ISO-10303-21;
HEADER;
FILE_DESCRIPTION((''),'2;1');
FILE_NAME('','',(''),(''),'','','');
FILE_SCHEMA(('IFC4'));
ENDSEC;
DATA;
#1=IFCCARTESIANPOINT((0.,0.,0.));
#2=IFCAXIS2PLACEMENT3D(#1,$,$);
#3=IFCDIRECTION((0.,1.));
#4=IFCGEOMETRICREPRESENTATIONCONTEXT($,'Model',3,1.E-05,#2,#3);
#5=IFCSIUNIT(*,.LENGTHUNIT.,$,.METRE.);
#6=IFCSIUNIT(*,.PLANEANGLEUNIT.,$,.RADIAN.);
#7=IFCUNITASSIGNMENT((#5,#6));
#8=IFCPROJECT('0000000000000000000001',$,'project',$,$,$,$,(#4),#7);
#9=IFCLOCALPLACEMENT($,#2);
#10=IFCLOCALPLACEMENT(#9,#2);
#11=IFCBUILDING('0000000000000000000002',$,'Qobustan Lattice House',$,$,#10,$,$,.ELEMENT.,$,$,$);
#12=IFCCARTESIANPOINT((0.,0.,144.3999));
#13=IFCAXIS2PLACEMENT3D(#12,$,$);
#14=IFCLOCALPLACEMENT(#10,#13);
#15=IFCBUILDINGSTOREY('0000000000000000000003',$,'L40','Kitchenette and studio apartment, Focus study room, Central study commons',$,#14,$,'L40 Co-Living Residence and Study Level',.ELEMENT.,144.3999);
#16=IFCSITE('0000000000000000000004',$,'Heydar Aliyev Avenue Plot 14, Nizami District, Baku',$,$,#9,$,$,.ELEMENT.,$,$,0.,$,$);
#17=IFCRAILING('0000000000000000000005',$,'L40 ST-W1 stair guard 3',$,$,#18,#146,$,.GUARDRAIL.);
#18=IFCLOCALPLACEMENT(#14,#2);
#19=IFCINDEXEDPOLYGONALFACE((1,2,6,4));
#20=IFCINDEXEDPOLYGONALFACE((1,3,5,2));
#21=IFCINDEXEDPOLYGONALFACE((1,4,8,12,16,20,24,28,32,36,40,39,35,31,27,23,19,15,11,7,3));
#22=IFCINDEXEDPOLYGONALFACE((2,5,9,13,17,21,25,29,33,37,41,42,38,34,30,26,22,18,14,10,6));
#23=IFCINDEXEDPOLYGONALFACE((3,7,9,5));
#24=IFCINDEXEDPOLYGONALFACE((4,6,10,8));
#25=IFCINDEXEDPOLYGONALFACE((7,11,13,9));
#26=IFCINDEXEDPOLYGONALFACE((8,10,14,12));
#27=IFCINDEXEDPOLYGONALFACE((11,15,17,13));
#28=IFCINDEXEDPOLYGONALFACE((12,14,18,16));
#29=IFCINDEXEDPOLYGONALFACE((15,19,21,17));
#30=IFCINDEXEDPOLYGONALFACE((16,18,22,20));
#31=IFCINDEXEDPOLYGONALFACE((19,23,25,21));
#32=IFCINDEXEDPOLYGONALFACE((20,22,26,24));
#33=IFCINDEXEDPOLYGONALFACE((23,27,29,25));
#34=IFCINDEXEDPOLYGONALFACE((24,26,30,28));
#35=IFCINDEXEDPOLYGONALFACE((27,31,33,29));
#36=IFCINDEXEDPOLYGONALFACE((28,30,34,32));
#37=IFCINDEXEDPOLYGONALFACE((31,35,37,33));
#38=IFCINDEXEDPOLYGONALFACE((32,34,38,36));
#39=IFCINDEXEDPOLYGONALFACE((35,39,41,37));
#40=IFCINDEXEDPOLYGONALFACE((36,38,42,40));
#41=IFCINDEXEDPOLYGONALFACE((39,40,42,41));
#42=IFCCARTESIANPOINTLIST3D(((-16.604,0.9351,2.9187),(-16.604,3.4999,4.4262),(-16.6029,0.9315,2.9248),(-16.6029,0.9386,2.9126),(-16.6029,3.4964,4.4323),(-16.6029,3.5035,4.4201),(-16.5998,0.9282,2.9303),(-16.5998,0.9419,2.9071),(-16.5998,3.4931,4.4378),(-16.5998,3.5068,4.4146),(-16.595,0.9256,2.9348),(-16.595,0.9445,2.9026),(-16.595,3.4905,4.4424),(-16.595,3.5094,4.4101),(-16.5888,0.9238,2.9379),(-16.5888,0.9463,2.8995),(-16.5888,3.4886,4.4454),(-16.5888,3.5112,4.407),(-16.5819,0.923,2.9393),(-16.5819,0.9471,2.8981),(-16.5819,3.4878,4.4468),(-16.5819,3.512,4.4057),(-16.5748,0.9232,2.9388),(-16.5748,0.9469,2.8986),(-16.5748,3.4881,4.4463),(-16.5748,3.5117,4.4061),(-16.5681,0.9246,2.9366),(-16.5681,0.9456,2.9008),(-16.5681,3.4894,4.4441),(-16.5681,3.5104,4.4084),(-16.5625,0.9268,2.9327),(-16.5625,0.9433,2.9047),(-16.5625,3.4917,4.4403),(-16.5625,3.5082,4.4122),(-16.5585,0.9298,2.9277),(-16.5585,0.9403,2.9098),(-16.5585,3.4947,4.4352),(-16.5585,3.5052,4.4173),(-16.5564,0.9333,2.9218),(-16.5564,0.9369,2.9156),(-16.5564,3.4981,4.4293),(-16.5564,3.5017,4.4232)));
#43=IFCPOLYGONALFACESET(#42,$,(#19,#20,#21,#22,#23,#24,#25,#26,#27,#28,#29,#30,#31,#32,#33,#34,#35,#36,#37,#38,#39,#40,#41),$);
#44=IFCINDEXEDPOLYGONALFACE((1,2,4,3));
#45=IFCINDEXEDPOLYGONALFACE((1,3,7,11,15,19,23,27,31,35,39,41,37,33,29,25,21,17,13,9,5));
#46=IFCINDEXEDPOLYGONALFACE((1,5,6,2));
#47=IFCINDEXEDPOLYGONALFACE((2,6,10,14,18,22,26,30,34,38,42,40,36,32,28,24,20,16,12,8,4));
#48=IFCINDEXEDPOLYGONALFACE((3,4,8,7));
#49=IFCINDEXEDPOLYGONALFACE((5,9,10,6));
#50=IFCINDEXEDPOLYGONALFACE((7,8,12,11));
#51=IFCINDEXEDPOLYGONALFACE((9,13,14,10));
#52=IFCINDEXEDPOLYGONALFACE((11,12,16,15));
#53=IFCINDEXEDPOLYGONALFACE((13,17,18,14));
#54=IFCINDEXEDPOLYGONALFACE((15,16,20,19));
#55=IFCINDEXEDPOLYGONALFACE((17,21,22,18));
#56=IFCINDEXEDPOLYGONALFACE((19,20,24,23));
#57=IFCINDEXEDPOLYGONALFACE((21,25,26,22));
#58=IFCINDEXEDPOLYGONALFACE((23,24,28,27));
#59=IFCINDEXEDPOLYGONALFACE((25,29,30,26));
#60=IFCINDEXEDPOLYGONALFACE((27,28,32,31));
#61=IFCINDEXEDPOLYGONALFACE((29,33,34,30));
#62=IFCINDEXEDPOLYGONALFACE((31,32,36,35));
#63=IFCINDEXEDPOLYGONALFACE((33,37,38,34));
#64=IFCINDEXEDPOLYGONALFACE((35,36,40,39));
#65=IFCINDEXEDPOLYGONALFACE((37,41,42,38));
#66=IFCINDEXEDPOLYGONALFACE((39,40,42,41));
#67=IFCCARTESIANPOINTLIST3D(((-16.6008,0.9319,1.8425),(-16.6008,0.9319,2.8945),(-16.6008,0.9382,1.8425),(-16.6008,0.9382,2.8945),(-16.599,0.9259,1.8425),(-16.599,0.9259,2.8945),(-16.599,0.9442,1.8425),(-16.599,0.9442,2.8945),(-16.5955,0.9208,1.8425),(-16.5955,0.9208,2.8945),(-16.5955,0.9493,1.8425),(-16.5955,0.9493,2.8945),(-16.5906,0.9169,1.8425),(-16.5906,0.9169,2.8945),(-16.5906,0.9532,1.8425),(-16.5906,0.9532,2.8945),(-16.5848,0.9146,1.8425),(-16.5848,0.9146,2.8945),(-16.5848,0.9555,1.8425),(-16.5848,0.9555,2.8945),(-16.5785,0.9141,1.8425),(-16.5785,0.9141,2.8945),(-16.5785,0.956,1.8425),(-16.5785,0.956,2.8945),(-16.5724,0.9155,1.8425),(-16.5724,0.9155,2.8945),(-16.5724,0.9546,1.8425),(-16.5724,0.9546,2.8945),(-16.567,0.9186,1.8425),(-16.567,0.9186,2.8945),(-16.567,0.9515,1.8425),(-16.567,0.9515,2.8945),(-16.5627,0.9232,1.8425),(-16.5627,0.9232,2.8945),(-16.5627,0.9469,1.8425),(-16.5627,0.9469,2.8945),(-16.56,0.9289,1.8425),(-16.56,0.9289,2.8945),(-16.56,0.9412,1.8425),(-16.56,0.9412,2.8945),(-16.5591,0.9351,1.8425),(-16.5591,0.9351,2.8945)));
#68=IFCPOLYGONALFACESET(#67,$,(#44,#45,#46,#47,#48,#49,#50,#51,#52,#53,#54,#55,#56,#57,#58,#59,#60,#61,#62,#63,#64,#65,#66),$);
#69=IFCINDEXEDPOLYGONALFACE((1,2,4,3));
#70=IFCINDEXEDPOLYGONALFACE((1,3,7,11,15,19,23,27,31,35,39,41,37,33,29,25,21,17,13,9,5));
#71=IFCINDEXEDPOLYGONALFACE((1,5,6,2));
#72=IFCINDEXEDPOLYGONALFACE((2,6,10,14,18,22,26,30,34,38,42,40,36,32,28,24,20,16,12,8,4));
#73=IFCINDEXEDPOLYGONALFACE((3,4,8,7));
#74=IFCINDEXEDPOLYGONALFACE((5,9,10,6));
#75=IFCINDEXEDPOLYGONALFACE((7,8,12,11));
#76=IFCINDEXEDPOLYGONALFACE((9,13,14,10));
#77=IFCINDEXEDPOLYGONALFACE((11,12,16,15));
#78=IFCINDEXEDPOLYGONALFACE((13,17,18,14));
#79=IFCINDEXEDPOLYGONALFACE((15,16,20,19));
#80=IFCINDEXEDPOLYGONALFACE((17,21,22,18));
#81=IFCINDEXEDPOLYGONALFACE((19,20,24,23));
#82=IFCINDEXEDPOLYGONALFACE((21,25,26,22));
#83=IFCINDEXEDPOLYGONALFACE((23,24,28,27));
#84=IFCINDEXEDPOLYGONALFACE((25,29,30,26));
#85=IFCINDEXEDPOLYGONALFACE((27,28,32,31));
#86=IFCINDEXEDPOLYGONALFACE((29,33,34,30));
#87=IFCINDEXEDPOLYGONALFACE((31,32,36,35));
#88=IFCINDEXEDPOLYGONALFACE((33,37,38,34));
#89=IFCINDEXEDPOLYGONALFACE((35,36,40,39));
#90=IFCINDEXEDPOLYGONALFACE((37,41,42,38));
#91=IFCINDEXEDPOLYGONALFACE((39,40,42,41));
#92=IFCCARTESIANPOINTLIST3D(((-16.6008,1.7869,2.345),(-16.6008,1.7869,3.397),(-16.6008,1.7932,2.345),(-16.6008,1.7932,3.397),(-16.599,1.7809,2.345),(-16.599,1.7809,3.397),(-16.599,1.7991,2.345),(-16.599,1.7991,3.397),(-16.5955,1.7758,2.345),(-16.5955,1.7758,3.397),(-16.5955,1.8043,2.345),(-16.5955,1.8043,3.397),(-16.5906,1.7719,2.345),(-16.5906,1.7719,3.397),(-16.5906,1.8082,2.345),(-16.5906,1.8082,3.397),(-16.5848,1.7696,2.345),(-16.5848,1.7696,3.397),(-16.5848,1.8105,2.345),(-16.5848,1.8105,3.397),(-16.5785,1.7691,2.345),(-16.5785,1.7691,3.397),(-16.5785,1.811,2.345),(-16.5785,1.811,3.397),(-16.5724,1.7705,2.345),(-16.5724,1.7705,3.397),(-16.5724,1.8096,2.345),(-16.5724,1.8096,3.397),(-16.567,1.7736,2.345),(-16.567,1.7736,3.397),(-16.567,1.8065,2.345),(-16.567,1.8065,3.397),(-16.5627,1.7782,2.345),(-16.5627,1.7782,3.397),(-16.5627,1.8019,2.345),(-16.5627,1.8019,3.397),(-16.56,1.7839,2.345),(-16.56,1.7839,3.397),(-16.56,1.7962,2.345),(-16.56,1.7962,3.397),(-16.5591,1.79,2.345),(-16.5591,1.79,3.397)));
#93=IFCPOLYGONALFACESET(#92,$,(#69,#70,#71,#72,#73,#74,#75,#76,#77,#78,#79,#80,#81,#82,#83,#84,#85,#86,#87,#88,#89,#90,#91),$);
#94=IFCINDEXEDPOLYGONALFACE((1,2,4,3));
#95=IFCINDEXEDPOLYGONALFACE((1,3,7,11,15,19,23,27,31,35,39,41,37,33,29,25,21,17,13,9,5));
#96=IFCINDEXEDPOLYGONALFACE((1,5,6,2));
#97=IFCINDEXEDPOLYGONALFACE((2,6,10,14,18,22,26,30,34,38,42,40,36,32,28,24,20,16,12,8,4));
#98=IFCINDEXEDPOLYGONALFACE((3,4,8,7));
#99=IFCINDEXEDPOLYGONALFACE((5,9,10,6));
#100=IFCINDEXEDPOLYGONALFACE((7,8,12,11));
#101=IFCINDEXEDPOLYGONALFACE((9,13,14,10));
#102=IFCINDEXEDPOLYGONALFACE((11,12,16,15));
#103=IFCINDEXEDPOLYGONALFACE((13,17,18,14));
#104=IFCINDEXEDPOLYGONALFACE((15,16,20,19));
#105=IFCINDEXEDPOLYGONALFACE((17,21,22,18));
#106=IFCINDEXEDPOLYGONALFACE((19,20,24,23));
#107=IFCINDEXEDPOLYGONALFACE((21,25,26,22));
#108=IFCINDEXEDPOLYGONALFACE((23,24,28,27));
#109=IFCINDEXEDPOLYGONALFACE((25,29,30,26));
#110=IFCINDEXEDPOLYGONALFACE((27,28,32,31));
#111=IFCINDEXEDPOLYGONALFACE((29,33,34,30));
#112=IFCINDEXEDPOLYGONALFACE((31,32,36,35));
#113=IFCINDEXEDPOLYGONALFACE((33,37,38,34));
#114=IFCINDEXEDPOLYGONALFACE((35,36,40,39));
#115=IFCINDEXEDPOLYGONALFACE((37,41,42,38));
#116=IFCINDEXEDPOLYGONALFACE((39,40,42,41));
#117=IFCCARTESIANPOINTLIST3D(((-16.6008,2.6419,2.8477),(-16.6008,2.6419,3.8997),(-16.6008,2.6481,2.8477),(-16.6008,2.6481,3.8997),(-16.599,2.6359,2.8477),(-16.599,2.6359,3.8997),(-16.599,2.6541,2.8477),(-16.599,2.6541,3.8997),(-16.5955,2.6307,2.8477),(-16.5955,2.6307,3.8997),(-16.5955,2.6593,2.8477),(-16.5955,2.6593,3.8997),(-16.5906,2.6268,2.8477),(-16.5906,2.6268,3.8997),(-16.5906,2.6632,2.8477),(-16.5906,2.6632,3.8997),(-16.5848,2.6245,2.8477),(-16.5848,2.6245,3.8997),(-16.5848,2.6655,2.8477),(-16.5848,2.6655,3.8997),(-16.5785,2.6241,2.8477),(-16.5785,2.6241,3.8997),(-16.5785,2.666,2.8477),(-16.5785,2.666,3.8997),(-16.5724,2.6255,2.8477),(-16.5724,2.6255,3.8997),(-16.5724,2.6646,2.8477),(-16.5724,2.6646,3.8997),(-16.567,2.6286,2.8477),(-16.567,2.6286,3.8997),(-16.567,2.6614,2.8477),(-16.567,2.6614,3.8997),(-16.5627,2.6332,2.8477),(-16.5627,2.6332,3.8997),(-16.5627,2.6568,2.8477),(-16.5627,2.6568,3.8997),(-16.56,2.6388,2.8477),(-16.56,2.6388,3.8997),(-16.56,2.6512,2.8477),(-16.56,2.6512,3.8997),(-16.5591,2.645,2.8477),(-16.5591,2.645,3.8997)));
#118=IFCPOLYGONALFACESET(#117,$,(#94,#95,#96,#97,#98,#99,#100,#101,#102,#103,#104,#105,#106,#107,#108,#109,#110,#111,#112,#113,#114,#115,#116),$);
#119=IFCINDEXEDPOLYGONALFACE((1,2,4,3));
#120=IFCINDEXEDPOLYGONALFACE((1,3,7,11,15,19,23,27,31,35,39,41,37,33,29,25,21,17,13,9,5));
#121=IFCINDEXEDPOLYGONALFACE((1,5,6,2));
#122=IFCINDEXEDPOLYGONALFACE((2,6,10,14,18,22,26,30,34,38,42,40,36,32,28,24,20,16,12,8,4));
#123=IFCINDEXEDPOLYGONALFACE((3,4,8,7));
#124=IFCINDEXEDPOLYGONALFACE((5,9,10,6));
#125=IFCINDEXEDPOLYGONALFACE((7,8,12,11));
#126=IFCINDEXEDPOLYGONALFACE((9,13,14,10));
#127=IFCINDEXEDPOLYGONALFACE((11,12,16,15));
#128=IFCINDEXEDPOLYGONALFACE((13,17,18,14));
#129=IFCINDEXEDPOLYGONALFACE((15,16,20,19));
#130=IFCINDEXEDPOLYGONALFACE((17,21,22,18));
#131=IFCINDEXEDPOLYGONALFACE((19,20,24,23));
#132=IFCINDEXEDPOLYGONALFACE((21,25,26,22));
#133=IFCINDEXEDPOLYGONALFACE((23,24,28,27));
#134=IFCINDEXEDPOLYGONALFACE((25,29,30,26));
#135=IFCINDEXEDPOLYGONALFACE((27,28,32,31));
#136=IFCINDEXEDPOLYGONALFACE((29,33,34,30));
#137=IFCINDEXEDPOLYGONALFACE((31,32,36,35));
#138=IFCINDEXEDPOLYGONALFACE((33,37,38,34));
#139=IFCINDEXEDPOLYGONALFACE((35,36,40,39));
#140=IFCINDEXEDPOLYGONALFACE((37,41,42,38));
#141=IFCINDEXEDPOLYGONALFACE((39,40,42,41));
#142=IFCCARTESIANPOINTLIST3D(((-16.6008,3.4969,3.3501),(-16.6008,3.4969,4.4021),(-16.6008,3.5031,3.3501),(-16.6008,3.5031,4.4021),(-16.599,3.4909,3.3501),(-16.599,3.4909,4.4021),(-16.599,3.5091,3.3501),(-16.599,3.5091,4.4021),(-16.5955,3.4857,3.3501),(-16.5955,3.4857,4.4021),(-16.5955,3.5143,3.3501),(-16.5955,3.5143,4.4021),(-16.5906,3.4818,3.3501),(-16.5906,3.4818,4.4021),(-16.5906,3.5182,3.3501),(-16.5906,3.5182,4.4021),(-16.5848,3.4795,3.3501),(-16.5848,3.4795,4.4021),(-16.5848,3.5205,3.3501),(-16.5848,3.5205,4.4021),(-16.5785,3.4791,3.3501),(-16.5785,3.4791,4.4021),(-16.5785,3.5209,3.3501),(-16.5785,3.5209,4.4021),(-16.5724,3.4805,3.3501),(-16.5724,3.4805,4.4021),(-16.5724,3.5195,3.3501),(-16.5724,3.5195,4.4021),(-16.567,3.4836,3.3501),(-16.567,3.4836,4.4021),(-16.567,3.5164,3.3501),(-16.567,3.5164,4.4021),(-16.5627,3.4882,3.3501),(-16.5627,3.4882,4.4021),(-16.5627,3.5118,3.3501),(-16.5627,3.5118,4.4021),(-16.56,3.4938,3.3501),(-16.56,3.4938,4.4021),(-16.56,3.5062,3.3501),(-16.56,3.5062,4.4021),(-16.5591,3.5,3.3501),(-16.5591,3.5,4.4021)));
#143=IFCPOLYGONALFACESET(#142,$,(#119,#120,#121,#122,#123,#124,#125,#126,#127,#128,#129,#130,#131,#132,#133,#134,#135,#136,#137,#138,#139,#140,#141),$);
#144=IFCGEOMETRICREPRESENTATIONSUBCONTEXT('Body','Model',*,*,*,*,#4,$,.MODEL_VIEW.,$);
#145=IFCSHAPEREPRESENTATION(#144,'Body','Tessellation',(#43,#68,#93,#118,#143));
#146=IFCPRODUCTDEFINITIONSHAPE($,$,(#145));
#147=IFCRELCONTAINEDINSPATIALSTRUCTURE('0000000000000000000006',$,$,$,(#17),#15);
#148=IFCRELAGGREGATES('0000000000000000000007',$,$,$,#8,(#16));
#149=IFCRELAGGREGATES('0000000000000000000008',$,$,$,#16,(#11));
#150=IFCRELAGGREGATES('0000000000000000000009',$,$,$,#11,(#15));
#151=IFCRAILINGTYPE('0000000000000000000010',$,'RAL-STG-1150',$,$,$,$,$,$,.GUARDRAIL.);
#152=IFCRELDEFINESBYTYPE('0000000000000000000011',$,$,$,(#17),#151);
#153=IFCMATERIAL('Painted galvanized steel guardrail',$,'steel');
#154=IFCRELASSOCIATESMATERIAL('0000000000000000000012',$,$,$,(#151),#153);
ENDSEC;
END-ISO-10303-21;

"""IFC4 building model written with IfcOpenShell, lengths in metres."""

from ifc_helpers import new_model, si_unit, direction, frame, origin, origin_2d, place, context, subcontext, project, spatial, circle, extrude, material, type_object, element, save


model = new_model("IFC4")

# Units and contexts
model_context = context("Model", 3, precision=1e-05, world=origin(), true_north=direction((0.0, 1.0)))
body_context = subcontext(model_context, "Body", "Model", "MODEL_VIEW")
ifc_project = project(units=[si_unit("LENGTHUNIT", "METRE"), si_unit("PLANEANGLEUNIT", "RADIAN")], contexts=[model_context])

# Site, building, storey
site_placement = place(None, origin())
site = spatial("IfcSite", under=ifc_project, at=site_placement, Name="Heydar Aliyev Avenue Plot 14, Nizami District, Baku", CompositionType="ELEMENT", RefElevation=0.0)
building_placement = place(site_placement, origin())
building = spatial("IfcBuilding", under=site, at=building_placement, Name="Qobustan Lattice House", CompositionType="ELEMENT")
storey_placement = place(building_placement, frame((0.0, 0.0, 144.3999)))
storey = spatial("IfcBuildingStorey", under=building, at=storey_placement, Name="L40", Description="Kitchenette and studio apartment, Focus study room, Central study commons", LongName="L40 Co-Living Residence and Study Level", CompositionType="ELEMENT", Elevation=144.3999)

# Railing
ifc_material_1 = material(Name="Painted galvanized steel guardrail", Category="steel")
railing_type_1 = type_object("IfcRailingType", Name="RAL-STG-1150", PredefinedType="GUARDRAIL", material=ifc_material_1)
railing_1_placement = place(storey_placement, frame((-16.5801, 0.9351, 1.8425)))
element("IfcRailing", 1, at=railing_1_placement, inside=storey, type_object=railing_type_1, Name="L40 ST-W1 stair guard 3", PredefinedType="GUARDRAIL", context=body_context, shape_type="SweptSolid", body=[
    extrude(circle(Radius=0.0239, at=origin_2d()), frame((0.0, 0.0, 1.0762), z_axis=(0.0, 0.862113, 0.506715), x_axis=(-1.0, 0.0, 0.0)), (0.0, 0.0, 1.0), 2.9751),
    extrude(circle(Radius=0.021, at=origin_2d()), origin(), (0.0, 0.0, 1.0), 1.052),
    extrude(circle(Radius=0.021, at=origin_2d()), frame((0.0, 0.855, 0.5024)), (0.0, 0.0, 1.0), 1.052),
    extrude(circle(Radius=0.021, at=origin_2d()), frame((0.0, 1.71, 1.0051)), (0.0, 0.0, 1.0), 1.052),
    extrude(circle(Radius=0.021, at=origin_2d()), frame((0.0, 2.5649, 1.5076)), (0.0, 0.0, 1.0), 1.052),
])

save(model, "model.ifc")
